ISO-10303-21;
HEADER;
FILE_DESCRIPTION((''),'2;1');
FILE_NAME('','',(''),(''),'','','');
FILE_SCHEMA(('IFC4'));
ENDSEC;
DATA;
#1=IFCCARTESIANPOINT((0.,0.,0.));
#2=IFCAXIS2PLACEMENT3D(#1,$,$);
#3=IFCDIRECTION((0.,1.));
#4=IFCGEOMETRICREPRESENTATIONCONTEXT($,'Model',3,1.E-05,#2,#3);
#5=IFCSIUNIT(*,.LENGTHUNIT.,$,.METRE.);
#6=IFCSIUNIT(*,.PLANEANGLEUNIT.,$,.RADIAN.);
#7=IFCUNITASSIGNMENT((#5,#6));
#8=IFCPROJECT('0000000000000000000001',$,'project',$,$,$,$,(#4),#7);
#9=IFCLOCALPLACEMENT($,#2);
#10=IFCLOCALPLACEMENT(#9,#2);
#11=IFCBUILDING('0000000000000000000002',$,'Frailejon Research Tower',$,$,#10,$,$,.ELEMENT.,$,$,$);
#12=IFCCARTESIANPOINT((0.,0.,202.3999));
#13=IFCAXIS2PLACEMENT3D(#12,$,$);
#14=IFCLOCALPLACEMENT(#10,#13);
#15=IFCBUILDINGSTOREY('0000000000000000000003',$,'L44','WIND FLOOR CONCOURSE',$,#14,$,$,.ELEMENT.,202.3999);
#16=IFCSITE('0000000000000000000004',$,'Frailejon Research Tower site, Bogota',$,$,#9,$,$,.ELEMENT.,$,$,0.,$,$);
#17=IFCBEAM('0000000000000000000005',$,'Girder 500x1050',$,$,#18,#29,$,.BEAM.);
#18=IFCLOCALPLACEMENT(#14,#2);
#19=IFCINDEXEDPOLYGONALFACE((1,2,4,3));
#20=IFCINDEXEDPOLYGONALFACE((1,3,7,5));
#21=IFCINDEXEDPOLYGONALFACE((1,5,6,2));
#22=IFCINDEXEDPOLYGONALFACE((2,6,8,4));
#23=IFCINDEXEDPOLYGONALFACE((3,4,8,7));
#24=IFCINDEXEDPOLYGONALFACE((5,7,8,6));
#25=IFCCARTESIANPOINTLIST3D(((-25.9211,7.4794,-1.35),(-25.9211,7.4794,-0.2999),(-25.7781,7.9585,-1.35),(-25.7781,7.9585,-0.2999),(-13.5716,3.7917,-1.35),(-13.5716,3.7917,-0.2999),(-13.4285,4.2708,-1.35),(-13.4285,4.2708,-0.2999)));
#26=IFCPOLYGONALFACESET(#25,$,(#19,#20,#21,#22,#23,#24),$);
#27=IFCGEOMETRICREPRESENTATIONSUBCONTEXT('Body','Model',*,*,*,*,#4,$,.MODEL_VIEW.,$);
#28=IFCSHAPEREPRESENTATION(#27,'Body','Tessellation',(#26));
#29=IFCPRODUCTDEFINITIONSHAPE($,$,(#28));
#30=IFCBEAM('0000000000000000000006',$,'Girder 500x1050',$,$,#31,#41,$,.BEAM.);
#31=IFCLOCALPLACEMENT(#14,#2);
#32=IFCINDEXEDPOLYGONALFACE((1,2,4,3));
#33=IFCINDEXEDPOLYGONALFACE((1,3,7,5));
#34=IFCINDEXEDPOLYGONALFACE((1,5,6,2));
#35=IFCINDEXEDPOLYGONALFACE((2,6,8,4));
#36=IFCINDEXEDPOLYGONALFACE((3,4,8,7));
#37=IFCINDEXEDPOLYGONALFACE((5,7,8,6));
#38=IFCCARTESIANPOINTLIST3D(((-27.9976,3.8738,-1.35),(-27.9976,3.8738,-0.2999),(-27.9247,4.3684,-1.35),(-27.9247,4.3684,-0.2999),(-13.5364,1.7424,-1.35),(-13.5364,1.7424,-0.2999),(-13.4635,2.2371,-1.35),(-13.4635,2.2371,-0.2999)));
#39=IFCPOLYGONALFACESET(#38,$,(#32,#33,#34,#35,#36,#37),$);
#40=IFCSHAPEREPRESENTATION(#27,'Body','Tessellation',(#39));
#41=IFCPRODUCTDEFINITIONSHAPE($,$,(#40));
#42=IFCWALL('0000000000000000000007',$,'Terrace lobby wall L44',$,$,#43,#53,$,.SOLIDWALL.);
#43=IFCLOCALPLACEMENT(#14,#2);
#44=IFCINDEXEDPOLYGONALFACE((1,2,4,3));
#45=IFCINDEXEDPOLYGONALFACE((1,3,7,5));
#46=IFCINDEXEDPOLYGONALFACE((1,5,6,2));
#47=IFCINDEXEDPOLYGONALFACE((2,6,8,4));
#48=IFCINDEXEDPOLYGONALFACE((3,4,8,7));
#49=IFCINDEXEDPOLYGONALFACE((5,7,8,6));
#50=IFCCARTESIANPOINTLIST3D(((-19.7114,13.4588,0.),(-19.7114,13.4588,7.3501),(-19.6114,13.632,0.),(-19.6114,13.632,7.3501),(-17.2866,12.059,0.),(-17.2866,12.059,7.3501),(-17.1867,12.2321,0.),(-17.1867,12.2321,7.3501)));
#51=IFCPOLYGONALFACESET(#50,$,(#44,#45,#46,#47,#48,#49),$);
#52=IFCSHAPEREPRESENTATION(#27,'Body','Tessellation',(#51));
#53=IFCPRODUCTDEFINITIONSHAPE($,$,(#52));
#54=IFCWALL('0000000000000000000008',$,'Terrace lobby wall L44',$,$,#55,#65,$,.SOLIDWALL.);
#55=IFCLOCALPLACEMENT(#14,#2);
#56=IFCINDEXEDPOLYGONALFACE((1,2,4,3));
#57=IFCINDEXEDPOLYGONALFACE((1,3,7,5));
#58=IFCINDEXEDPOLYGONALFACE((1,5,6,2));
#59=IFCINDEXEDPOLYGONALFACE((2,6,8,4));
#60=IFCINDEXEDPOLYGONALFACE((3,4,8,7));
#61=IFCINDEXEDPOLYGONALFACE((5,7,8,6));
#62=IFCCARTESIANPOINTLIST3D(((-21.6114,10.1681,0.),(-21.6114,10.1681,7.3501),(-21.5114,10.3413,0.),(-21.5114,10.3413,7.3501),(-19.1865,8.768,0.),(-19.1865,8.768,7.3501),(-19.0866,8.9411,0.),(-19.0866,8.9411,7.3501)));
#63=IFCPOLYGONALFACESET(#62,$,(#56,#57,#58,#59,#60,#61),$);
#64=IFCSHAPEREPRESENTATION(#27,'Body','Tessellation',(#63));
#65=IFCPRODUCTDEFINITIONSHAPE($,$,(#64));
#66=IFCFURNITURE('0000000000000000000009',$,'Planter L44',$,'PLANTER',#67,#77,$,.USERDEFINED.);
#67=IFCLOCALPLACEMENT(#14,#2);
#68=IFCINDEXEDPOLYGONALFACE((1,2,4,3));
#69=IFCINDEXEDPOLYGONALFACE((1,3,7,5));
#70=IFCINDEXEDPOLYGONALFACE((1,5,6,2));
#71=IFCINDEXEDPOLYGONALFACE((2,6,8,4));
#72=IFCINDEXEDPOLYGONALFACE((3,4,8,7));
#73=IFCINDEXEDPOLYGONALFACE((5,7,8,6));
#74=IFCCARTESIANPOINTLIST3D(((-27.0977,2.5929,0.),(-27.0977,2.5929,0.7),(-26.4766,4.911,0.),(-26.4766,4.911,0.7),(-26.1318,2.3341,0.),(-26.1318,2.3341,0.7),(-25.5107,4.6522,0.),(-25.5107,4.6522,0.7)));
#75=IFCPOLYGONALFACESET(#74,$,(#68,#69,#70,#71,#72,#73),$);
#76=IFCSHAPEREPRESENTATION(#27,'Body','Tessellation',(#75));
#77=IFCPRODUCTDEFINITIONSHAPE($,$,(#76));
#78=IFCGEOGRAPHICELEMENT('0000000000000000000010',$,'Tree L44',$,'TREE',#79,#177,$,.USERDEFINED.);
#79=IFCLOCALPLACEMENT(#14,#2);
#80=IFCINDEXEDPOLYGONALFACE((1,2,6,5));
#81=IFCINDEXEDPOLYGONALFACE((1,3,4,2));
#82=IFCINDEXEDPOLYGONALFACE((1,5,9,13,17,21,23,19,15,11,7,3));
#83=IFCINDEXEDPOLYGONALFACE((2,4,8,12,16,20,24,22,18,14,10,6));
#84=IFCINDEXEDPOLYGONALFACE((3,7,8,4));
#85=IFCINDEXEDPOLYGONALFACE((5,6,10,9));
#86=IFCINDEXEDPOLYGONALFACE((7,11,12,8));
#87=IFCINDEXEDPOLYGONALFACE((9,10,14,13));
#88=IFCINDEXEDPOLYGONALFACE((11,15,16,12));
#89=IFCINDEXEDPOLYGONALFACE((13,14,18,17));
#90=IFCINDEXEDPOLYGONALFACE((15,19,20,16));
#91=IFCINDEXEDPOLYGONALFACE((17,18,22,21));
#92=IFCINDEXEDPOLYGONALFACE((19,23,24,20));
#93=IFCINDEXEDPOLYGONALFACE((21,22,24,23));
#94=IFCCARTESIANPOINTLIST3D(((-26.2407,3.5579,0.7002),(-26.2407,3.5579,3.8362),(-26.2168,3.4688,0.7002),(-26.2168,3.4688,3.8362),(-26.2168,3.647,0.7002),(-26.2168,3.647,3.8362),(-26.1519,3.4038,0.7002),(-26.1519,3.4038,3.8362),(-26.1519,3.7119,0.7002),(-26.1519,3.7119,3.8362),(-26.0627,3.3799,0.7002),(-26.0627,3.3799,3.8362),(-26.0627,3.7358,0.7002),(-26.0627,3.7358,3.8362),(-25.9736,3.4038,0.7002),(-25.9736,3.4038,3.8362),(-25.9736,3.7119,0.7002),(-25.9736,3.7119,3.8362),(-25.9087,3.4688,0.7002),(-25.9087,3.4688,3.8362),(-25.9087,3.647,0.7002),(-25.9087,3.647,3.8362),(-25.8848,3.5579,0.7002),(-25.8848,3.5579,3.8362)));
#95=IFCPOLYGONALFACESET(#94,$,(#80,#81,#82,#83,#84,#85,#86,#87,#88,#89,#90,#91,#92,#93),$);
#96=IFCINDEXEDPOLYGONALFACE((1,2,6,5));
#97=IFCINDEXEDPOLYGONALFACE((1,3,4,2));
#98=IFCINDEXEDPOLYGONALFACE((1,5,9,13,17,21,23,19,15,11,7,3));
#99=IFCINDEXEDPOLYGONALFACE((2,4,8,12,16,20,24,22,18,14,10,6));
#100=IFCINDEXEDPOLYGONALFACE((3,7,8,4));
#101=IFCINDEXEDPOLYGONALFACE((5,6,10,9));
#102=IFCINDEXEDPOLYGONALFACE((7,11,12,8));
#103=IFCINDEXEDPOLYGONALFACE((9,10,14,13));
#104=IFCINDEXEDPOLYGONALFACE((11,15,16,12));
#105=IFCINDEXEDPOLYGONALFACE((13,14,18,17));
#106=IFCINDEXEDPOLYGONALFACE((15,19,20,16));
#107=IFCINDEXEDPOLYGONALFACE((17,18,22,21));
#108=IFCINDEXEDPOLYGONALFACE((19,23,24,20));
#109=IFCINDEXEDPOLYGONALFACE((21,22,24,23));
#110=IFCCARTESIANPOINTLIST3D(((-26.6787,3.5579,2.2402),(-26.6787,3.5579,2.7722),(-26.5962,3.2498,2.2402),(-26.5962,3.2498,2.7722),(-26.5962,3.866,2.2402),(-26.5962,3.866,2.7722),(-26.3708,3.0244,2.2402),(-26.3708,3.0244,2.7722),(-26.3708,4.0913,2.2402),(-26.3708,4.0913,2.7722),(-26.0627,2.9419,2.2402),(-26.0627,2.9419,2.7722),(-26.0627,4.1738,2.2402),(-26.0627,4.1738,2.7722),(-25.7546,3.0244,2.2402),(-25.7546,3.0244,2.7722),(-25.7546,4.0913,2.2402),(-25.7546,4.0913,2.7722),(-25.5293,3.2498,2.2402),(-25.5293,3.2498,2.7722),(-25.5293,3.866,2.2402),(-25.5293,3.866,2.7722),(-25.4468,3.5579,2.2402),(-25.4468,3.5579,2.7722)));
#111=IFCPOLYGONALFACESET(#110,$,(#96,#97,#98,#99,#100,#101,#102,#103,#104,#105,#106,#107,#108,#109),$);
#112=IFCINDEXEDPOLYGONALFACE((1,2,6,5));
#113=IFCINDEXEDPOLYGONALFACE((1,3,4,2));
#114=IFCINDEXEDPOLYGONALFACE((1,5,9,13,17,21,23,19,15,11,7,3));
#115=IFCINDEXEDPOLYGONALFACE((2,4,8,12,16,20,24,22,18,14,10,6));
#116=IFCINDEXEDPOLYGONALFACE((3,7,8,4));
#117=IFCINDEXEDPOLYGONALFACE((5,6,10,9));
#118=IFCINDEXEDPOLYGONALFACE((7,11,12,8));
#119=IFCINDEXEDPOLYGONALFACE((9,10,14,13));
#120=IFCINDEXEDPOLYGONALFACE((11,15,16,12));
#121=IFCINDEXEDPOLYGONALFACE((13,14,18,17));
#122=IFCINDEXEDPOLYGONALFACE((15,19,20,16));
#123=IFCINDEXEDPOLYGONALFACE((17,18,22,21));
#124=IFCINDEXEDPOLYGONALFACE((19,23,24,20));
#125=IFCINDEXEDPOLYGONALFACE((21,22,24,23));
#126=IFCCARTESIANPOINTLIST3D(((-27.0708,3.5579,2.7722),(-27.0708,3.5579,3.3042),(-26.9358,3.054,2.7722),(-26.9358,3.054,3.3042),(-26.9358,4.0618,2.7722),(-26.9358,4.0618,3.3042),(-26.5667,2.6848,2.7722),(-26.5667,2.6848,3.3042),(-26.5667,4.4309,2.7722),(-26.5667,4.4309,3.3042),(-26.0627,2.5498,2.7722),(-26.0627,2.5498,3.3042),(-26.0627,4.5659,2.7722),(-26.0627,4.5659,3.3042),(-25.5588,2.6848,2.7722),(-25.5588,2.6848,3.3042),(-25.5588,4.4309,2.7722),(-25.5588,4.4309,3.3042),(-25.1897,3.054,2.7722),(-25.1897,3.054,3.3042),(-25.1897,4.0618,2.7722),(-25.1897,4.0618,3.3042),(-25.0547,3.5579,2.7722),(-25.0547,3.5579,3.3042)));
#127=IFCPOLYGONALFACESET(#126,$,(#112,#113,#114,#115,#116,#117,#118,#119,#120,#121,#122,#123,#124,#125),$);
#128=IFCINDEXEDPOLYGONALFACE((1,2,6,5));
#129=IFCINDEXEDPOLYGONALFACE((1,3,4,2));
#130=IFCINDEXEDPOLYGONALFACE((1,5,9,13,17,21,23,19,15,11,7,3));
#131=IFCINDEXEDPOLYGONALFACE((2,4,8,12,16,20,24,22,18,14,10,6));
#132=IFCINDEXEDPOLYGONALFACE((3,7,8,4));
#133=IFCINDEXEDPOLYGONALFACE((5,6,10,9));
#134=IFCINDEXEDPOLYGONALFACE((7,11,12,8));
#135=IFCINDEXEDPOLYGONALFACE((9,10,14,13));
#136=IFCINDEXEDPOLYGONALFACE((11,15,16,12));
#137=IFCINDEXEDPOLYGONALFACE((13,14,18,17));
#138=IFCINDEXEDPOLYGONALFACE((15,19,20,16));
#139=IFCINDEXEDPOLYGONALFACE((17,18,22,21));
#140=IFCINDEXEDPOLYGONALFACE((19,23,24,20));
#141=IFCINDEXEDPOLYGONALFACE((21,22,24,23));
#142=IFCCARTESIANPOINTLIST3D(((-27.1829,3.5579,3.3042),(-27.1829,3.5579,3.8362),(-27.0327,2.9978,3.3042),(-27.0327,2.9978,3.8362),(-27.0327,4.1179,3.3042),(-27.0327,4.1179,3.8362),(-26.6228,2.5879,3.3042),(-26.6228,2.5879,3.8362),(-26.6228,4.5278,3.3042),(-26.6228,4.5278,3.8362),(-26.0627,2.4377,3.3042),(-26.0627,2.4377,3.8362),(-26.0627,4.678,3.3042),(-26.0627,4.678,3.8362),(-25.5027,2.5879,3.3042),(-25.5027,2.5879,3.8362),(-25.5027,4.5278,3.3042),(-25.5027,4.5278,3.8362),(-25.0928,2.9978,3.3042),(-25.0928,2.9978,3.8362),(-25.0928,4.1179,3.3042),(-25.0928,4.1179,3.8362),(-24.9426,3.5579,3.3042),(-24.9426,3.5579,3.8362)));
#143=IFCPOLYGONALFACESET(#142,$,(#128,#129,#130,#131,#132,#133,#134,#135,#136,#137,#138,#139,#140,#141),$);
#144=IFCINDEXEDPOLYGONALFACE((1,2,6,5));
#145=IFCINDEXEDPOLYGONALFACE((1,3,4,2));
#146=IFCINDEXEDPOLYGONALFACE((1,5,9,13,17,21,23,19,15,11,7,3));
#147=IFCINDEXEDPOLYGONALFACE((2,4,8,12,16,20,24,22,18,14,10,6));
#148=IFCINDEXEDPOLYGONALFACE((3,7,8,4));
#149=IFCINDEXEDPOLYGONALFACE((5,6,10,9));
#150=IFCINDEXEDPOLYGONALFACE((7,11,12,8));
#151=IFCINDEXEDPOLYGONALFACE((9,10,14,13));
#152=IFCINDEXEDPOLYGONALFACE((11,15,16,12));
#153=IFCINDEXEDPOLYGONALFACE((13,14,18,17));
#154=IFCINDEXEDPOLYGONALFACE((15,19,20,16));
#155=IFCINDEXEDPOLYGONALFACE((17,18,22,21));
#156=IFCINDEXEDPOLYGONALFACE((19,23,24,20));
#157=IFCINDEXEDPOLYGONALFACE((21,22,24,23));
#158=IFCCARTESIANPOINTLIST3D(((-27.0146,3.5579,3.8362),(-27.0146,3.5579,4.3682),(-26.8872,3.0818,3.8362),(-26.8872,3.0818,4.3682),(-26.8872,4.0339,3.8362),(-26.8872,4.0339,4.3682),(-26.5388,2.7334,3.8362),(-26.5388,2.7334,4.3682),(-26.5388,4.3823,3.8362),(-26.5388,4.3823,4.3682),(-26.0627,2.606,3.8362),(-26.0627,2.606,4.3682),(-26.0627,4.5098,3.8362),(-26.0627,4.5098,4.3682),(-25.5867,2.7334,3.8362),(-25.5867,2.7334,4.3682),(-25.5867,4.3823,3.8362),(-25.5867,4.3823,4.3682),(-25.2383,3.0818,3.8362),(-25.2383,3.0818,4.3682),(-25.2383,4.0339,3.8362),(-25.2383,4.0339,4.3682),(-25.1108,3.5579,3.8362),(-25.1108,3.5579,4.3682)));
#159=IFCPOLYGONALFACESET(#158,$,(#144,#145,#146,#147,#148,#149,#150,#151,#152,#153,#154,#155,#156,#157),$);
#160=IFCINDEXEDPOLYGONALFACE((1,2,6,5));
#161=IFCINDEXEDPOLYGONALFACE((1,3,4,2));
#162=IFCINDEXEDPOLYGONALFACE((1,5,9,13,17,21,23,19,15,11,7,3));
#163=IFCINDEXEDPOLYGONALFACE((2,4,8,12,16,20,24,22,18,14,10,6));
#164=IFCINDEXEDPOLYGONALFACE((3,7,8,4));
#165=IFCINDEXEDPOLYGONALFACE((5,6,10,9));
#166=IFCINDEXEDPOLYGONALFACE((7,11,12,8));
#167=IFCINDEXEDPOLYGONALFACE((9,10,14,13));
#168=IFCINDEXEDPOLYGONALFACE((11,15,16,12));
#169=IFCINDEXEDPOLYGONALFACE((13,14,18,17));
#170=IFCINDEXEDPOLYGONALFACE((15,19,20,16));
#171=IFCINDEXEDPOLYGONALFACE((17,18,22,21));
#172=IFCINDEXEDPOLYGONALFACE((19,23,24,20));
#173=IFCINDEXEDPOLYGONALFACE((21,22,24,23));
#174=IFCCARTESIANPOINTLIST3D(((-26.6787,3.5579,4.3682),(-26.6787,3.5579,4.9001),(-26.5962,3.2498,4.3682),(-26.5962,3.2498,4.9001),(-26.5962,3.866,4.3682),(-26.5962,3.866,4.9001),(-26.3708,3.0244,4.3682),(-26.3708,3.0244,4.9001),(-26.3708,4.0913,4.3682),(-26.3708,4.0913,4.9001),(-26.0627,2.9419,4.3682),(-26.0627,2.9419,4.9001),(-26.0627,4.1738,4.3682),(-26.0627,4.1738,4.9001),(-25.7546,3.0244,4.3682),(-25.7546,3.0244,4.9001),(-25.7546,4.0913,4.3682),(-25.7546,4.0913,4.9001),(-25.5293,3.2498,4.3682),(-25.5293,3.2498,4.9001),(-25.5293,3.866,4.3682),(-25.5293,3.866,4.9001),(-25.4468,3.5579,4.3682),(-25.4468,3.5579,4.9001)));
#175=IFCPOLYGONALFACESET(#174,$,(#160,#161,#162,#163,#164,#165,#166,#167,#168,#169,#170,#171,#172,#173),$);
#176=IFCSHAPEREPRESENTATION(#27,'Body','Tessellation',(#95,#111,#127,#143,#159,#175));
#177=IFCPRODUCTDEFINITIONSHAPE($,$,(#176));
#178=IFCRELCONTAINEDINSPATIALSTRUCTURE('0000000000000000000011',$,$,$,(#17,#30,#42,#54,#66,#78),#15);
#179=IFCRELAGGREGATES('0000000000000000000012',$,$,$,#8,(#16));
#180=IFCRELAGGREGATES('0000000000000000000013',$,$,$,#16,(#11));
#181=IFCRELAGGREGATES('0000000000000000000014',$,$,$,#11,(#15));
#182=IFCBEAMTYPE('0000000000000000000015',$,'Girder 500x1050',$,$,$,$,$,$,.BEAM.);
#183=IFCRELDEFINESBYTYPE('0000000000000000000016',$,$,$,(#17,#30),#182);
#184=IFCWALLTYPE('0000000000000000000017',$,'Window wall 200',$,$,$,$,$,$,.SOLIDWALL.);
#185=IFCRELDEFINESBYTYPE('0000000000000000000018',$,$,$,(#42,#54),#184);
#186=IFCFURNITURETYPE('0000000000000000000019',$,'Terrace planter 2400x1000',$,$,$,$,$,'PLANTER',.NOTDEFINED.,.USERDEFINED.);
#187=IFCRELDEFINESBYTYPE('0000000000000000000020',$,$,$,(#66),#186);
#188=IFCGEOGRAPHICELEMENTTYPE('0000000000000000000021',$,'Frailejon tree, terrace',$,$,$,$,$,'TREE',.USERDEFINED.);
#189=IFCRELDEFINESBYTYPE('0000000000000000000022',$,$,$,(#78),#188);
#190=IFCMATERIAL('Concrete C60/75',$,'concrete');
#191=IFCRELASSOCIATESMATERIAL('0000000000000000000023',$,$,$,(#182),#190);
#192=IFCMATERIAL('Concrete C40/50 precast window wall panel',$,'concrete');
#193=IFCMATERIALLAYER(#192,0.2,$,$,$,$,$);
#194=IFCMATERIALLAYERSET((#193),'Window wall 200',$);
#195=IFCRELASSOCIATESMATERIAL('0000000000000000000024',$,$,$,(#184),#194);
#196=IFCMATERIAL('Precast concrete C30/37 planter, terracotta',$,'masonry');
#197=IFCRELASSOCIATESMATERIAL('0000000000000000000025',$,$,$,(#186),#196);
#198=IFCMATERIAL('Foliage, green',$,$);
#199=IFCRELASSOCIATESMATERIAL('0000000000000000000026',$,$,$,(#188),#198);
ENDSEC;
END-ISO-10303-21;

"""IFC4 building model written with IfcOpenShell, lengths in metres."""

from ifc_helpers import new_model, si_unit, direction, frame, frame_2d, origin, origin_2d, place, context, subcontext, project, spatial, polyline, rectangle, outline, extrude, material, layer, layer_set, material_profile, profile_set, type_object, element, save


model = new_model("IFC4")

# Units and contexts
model_context = context("Model", 3, precision=1e-05, world=origin(), true_north=direction((0.0, 1.0)))
body_context = subcontext(model_context, "Body", "Model", "MODEL_VIEW")
ifc_project = project(units=[si_unit("LENGTHUNIT", "METRE"), si_unit("PLANEANGLEUNIT", "RADIAN")], contexts=[model_context])

# Site, building, storey
site_placement = place(None, origin())
site = spatial("IfcSite", under=ifc_project, at=site_placement, Name="Frailejon Research Tower site, Bogota", CompositionType="ELEMENT", RefElevation=0.0)
building_placement = place(site_placement, origin())
building = spatial("IfcBuilding", under=site, at=building_placement, Name="Frailejon Research Tower", CompositionType="ELEMENT")
storey_placement = place(building_placement, frame((0.0, 0.0, 202.3999)))
storey = spatial("IfcBuildingStorey", under=building, at=storey_placement, Name="L44", Description="WIND FLOOR CONCOURSE", CompositionType="ELEMENT", Elevation=202.3999)

# Beams
ifc_material_1 = material(Name="Concrete C60/75", Category="concrete")
ifc_material_profile_1 = material_profile(ifc_material_1, rectangle(XDim=0.5, YDim=1.05, at=origin_2d()), Name="Girder 500x1050")
ifc_profile_set_1 = profile_set([ifc_material_profile_1], Name="Concrete C60/75")
beam_type_1 = type_object("IfcBeamType", Name="Girder 500x1050", PredefinedType="BEAM", material=ifc_profile_set_1)
beam_1_placement = place(storey_placement, frame((-25.8496, 7.719, -0.825), z_axis=(0.958191, -0.286128, 0.0), x_axis=(0.286128, 0.958191, 0.0)))
element("IfcBeam", 1, at=beam_1_placement, inside=storey, type_object=beam_type_1, Name="Girder 500x1050", PredefinedType="BEAM", context=body_context, shape_type="SweptSolid", body=[
    extrude(rectangle(XDim=0.5, YDim=1.05, at=origin_2d()), origin(), (0.0, 0.0, 1.0), 12.8884),
])
beam_2_placement = place(storey_placement, frame((-27.9612, 4.1211, -0.825), z_axis=(0.989313, -0.145809, 0.0), x_axis=(0.145809, 0.989313, 0.0)))
element("IfcBeam", 2, at=beam_2_placement, inside=storey, type_object=beam_type_1, Name="Girder 500x1050", PredefinedType="BEAM", context=body_context, shape_type="SweptSolid", body=[
    extrude(rectangle(XDim=0.5, YDim=1.05, at=origin_2d()), origin(), (0.0, 0.0, 1.0), 14.6174),
])

# Shared definitions
ifc_material_2 = material(Name="Concrete C40/50 precast window wall panel", Category="concrete")
ifc_layer = layer(ifc_material_2, 0.2)
ifc_layer_set = layer_set([ifc_layer], Name="Window wall 200")
wall_type = type_object("IfcWallType", Name="Window wall 200", PredefinedType="SOLIDWALL", material=ifc_layer_set)

# Walls
wall_1_placement = place(storey_placement, frame((-19.6614, 13.5454, 0.0), z_axis=(0.0, 0.0, 1.0), x_axis=(0.866035, -0.499984, 0.0)))
element("IfcWall", 3, at=wall_1_placement, inside=storey, type_object=wall_type, Name="Terrace lobby wall L44", PredefinedType="SOLIDWALL", context=body_context, shape_type="SweptSolid", body=[
    extrude(rectangle(XDim=2.7998, YDim=0.2, at=frame_2d((1.3999, 0.0))), origin(), (0.0, 0.0, 1.0), 7.3501),
])
wall_2_placement = place(storey_placement, frame((-21.5613, 10.2546, 0.0), z_axis=(0.0, 0.0, 1.0), x_axis=(0.865997, -0.50005, 0.0)))
element("IfcWall", 4, at=wall_2_placement, inside=storey, type_object=wall_type, Name="Terrace lobby wall L44", PredefinedType="SOLIDWALL", context=body_context, shape_type="SweptSolid", body=[
    extrude(rectangle(XDim=2.8, YDim=0.2, at=frame_2d((1.3999, 0.0))), origin(), (0.0, 0.0, 1.0), 7.3501),
])

# Furniture
ifc_material_3 = material(Name="Precast concrete C30/37 planter, terracotta", Category="masonry")
furniture_type = type_object("IfcFurnitureType", Name="Terrace planter 2400x1000", ElementType="PLANTER", AssemblyPlace="NOTDEFINED", PredefinedType="USERDEFINED", material=ifc_material_3)
furniture_placement = place(storey_placement, frame((-26.3042, 3.6226, 0.0), z_axis=(0.0, 0.0, 1.0), x_axis=(-0.258819, -0.965926, 0.0)))
element("IfcFurniture", 5, at=furniture_placement, inside=storey, type_object=furniture_type, Name="Planter L44", ObjectType="PLANTER", PredefinedType="USERDEFINED", context=body_context, shape_type="SweptSolid", body=[
    extrude(rectangle(XDim=2.3999, YDim=1.0, at=origin_2d()), origin(), (0.0, 0.0, 1.0), 0.7),
])

# Geographic element
ifc_material_4 = material(Name="Foliage, green")
geographic_element_type = type_object("IfcGeographicElementType", Name="Frailejon tree, terrace", ElementType="TREE", PredefinedType="USERDEFINED", material=ifc_material_4)
geographic_element_placement = place(storey_placement, frame((-26.0627, 3.5579, 0.7002)))
element("IfcGeographicElement", 6, at=geographic_element_placement, inside=storey, type_object=geographic_element_type, Name="Tree L44", ObjectType="TREE", PredefinedType="USERDEFINED", context=body_context, shape_type="SweptSolid", body=[
    extrude(outline(polyline([(0.178, 0.0), (0.1541, 0.0891), (0.0891, 0.1541), (0.0, 0.178), (-0.0891, 0.1541), (-0.1541, 0.0891), (-0.178, 0.0), (-0.1541, -0.0891), (-0.0891, -0.1541), (0.0, -0.178), (0.0891, -0.1541), (0.1541, -0.0891), (0.178, 0.0)])), origin(), (0.0, 0.0, 1.0), 3.136),
    extrude(outline(polyline([(0.616, 0.0), (0.5334, 0.3081), (0.3081, 0.5334), (0.0, 0.616), (-0.3081, 0.5334), (-0.5334, 0.3081), (-0.616, 0.0), (-0.5334, -0.3081), (-0.3081, -0.5334), (0.0, -0.616), (0.3081, -0.5334), (0.5334, -0.3081), (0.616, 0.0)])), frame((0.0, 0.0, 1.54)), (0.0, 0.0, 1.0), 0.532),
    extrude(outline(polyline([(1.0081, 0.0), (0.873, 0.5039), (0.5039, 0.873), (0.0, 1.0081), (-0.5039, 0.873), (-0.873, 0.5039), (-1.0081, 0.0), (-0.873, -0.5039), (-0.5039, -0.873), (0.0, -1.0081), (0.5039, -0.873), (0.873, -0.5039), (1.0081, 0.0)])), frame((0.0, 0.0, 2.072)), (0.0, 0.0, 1.0), 0.532),
    extrude(outline(polyline([(1.1201, 0.0), (0.97, 0.5601), (0.5601, 0.97), (0.0, 1.1201), (-0.5601, 0.97), (-0.97, 0.5601), (-1.1201, 0.0), (-0.97, -0.5601), (-0.5601, -0.97), (0.0, -1.1201), (0.5601, -0.97), (0.97, -0.5601), (1.1201, 0.0)])), frame((0.0, 0.0, 2.604)), (0.0, 0.0, 1.0), 0.532),
    extrude(outline(polyline([(0.9519, 0.0), (0.8245, 0.4761), (0.4761, 0.8245), (0.0, 0.9519), (-0.4761, 0.8245), (-0.8245, 0.4761), (-0.9519, 0.0), (-0.8245, -0.4761), (-0.4761, -0.8245), (0.0, -0.9519), (0.4761, -0.8245), (0.8245, -0.4761), (0.9519, 0.0)])), frame((0.0, 0.0, 3.136)), (0.0, 0.0, 1.0), 0.532),
    extrude(outline(polyline([(0.616, 0.0), (0.5334, 0.3081), (0.3081, 0.5334), (0.0, 0.616), (-0.3081, 0.5334), (-0.5334, 0.3081), (-0.616, 0.0), (-0.5334, -0.3081), (-0.3081, -0.5334), (0.0, -0.616), (0.3081, -0.5334), (0.5334, -0.3081), (0.616, 0.0)])), frame((0.0, 0.0, 3.668)), (0.0, 0.0, 1.0), 0.532),
])

save(model, "model.ifc")
